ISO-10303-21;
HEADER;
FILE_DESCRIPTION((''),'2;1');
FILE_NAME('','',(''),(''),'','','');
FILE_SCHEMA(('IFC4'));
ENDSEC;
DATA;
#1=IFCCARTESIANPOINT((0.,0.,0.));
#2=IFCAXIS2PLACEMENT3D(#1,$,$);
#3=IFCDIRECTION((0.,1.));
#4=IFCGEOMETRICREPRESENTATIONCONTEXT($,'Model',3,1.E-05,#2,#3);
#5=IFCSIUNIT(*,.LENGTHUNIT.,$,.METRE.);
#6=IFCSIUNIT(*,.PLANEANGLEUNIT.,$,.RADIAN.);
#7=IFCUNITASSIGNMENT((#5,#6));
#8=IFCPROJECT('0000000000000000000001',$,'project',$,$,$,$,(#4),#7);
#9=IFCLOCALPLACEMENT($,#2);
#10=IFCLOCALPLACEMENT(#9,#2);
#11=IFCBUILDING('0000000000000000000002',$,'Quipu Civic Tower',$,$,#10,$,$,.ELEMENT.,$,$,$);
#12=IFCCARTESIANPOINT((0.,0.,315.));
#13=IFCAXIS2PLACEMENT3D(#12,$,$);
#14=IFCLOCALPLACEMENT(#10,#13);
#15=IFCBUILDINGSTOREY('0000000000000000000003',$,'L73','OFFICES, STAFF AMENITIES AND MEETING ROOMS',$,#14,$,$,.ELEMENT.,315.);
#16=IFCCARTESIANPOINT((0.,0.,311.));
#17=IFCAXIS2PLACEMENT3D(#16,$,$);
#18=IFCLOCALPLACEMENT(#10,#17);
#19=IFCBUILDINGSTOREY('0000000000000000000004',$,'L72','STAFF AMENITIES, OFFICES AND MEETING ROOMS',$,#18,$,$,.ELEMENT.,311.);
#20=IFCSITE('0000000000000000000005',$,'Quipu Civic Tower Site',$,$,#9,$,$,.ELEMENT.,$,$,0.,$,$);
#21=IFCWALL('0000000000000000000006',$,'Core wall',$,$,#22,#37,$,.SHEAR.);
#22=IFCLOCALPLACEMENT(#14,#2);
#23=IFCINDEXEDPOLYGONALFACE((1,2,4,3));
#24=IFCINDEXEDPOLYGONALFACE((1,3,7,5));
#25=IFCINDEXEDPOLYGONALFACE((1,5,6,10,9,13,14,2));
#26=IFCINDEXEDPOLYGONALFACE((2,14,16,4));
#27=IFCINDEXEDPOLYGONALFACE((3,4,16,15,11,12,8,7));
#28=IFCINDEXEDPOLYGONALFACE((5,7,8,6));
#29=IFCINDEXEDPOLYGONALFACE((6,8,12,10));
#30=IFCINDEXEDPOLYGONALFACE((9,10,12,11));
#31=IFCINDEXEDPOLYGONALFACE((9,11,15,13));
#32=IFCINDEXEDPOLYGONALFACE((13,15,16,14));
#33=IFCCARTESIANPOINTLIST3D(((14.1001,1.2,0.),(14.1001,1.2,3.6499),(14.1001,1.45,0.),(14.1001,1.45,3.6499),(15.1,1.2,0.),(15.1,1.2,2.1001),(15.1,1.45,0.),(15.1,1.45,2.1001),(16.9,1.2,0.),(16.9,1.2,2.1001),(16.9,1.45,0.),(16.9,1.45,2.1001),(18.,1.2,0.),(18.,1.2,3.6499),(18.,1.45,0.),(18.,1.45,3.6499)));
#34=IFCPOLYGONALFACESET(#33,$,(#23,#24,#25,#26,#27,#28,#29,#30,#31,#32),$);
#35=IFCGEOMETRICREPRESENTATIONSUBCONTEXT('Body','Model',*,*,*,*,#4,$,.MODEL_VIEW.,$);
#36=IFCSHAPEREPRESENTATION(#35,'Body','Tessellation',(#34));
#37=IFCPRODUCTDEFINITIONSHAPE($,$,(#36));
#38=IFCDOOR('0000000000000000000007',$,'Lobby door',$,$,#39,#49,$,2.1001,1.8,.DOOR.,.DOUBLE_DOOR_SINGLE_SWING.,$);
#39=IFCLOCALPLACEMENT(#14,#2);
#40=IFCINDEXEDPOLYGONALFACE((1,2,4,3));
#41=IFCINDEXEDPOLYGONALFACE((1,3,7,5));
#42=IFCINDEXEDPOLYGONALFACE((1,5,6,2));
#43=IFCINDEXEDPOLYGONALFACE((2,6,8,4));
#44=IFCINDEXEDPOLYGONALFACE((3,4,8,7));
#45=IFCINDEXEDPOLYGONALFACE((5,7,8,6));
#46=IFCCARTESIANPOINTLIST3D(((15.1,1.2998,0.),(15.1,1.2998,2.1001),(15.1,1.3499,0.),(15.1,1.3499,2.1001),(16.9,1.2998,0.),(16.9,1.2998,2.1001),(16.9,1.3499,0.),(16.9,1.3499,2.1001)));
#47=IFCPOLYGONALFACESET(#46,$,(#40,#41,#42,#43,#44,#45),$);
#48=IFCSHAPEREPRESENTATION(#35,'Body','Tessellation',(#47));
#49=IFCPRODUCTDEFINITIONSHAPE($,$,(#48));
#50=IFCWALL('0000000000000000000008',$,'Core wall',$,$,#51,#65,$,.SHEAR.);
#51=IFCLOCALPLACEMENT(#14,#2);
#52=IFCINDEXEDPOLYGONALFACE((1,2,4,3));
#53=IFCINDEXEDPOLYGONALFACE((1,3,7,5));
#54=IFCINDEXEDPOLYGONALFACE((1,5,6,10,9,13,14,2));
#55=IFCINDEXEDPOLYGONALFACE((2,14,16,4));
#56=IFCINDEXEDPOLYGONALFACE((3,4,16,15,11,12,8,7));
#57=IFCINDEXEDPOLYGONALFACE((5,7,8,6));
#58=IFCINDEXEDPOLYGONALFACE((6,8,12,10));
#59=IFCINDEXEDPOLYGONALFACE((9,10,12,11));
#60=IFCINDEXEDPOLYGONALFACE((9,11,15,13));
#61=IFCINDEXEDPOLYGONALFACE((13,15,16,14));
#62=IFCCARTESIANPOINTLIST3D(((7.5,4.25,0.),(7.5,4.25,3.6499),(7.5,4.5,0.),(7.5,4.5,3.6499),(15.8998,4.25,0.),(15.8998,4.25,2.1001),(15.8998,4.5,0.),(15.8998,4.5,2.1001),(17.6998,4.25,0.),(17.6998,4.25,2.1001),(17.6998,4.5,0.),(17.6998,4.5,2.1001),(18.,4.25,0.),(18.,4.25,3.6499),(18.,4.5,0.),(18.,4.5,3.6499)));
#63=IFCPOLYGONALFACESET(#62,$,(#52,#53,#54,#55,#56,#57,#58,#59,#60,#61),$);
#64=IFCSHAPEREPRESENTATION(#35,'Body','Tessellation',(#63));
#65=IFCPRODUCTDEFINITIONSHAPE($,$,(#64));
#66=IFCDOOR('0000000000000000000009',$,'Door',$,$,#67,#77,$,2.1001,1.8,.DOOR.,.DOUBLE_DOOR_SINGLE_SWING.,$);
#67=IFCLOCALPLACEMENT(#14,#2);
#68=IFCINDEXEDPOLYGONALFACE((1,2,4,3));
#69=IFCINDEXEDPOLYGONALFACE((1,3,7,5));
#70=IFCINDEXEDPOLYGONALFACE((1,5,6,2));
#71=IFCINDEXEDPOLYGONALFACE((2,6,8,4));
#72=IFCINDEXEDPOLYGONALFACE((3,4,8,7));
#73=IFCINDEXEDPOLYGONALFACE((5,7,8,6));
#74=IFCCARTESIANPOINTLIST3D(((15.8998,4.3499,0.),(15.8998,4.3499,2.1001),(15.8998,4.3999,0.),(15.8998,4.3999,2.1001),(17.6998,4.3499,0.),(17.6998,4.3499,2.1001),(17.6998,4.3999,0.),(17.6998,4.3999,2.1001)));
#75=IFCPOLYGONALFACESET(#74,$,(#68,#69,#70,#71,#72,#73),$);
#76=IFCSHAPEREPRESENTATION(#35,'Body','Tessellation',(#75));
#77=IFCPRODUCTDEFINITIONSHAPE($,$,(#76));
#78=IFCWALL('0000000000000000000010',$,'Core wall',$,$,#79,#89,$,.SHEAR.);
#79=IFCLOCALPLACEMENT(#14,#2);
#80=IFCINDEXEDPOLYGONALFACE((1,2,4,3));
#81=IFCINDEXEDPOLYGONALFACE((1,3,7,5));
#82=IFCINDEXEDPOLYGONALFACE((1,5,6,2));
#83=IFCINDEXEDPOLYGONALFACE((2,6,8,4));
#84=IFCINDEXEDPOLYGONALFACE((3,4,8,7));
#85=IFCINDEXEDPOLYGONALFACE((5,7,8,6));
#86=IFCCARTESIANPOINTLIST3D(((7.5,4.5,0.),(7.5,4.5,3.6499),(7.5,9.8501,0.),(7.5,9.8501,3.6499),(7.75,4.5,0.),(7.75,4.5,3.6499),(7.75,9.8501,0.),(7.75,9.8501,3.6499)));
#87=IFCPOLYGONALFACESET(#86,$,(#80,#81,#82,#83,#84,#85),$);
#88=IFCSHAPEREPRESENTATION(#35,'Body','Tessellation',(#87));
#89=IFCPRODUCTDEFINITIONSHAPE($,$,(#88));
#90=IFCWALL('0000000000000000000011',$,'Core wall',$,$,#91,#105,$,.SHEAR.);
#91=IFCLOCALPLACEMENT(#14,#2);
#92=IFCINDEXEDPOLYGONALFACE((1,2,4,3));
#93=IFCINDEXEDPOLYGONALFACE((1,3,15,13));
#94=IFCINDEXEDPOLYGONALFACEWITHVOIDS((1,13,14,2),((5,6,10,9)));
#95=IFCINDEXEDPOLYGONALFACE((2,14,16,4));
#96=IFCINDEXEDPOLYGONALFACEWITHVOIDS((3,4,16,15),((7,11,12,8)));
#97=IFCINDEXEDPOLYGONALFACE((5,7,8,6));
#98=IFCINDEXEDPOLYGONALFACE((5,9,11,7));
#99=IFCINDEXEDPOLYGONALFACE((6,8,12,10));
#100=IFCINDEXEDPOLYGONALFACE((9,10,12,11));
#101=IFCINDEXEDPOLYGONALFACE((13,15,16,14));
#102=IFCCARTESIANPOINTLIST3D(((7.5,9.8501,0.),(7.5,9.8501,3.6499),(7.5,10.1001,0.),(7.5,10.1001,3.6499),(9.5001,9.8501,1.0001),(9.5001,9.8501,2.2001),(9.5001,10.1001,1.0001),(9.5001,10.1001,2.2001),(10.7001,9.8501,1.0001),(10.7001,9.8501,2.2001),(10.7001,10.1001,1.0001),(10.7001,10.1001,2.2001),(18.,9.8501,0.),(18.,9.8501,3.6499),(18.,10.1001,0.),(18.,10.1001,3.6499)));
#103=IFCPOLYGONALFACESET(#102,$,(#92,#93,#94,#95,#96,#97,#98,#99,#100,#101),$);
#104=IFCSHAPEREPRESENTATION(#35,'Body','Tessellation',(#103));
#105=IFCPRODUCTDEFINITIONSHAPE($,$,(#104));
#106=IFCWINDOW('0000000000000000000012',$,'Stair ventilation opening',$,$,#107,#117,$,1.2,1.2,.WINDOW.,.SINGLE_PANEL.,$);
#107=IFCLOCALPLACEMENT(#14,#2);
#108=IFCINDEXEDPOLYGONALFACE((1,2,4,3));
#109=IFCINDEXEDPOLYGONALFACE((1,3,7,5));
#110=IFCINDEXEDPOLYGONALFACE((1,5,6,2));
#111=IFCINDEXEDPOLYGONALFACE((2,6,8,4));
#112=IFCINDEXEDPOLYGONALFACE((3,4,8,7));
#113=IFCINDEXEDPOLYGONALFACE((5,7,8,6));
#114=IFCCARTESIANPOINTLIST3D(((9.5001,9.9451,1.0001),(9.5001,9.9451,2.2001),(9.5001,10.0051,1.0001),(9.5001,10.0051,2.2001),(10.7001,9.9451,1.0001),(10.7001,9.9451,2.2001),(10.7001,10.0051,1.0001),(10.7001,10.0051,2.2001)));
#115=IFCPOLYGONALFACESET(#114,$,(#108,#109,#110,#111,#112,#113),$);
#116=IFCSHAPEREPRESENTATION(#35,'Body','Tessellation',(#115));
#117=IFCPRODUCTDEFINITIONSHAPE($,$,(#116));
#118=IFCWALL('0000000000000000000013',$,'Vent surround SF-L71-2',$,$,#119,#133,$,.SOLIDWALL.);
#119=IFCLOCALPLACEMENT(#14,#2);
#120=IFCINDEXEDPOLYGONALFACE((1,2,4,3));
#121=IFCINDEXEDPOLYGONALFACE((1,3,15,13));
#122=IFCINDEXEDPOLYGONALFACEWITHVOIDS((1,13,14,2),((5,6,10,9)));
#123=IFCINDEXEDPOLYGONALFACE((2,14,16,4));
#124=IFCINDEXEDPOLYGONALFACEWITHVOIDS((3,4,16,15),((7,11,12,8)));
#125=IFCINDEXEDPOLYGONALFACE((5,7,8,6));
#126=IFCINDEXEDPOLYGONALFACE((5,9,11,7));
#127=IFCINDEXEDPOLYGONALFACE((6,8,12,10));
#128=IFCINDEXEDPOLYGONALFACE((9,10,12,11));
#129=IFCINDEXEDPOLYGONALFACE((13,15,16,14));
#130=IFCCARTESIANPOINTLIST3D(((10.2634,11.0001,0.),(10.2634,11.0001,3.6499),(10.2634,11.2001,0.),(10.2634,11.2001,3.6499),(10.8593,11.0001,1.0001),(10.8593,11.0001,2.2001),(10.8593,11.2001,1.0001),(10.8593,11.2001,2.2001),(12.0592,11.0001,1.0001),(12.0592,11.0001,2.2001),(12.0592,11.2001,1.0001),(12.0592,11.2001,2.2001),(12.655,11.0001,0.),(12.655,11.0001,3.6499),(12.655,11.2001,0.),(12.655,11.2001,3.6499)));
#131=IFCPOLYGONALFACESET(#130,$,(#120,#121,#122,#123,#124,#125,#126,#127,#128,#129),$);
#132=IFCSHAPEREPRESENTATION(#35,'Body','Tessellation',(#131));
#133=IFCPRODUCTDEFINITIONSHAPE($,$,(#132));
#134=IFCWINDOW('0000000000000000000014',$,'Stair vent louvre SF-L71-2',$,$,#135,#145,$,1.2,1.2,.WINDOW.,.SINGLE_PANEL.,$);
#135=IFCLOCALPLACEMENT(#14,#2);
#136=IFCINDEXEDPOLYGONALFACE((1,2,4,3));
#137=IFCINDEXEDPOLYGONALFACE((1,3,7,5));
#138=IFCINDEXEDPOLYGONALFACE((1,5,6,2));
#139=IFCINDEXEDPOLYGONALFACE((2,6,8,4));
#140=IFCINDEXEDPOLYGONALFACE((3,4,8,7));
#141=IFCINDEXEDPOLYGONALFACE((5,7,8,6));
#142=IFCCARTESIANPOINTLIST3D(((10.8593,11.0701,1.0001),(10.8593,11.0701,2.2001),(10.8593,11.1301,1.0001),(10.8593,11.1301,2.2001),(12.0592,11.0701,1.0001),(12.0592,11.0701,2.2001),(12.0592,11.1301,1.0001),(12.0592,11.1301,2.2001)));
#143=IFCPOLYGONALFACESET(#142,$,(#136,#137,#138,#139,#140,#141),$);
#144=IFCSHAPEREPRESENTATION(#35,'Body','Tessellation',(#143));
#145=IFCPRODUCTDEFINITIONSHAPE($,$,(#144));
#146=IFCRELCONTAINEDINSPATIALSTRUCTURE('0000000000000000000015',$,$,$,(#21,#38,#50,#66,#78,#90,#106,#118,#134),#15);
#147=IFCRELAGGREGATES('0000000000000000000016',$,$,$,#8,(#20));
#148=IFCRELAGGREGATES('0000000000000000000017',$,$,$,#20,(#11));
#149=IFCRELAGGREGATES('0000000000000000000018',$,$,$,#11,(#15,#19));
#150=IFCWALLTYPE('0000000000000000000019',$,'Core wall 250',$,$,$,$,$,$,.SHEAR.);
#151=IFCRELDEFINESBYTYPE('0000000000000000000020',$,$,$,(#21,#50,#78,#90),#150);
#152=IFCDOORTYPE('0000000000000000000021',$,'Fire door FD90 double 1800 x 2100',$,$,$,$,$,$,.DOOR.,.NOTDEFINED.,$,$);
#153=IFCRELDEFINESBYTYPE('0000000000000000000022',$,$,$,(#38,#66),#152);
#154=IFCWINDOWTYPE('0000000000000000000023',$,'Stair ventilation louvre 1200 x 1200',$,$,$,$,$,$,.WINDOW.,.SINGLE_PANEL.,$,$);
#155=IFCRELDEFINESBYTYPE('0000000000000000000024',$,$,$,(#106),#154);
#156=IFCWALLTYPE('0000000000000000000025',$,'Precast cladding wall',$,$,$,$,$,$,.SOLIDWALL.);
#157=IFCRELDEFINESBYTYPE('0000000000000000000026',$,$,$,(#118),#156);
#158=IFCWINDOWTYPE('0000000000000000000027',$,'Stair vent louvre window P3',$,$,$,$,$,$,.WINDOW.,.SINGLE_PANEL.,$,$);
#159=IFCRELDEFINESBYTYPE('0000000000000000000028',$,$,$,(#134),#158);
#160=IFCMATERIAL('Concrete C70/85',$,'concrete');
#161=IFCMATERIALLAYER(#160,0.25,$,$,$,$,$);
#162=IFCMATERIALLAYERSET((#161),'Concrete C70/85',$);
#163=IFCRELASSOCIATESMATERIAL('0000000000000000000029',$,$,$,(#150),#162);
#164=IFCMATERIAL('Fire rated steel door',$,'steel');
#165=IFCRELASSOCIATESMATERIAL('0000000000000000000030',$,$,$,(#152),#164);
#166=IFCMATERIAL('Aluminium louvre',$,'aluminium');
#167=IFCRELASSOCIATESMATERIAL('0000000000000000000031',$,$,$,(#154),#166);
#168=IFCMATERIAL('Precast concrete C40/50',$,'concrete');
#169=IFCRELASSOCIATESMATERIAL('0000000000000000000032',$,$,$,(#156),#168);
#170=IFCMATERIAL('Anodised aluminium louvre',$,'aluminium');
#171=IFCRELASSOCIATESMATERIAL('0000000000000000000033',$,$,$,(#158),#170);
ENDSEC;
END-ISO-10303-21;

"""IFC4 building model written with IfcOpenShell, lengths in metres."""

from ifc_helpers import new_model, si_unit, direction, frame, frame_2d, origin, place, context, subcontext, project, spatial, rectangle, extrude, material, layer, layer_set, type_object, element, fill, save


model = new_model("IFC4")

# Units and contexts
model_context = context("Model", 3, precision=1e-05, world=origin(), true_north=direction((0.0, 1.0)))
body_context = subcontext(model_context, "Body", "Model", "MODEL_VIEW")
ifc_project = project(units=[si_unit("LENGTHUNIT", "METRE"), si_unit("PLANEANGLEUNIT", "RADIAN")], contexts=[model_context])

# Site, building, storey
site_placement = place(None, origin())
site = spatial("IfcSite", under=ifc_project, at=site_placement, Name="Quipu Civic Tower Site", CompositionType="ELEMENT", RefElevation=0.0)
building_placement = place(site_placement, origin())
building = spatial("IfcBuilding", under=site, at=building_placement, Name="Quipu Civic Tower", CompositionType="ELEMENT")
storey_1_placement = place(building_placement, frame((0.0, 0.0, 315.0)))
storey_1 = spatial("IfcBuildingStorey", under=building, at=storey_1_placement, Name="L73", Description="OFFICES, STAFF AMENITIES AND MEETING ROOMS", CompositionType="ELEMENT", Elevation=315.0)

# Shared definitions
storey_2_placement = place(building_placement, frame((0.0, 0.0, 311.0)))
storey_2 = spatial("IfcBuildingStorey", under=building, at=storey_2_placement, Name="L72", Description="STAFF AMENITIES, OFFICES AND MEETING ROOMS", CompositionType="ELEMENT", Elevation=311.0)

# Walls, openings, doors
ifc_material_1 = material(Name="Concrete C70/85", Category="concrete")
ifc_layer_1 = layer(ifc_material_1, 0.25)
ifc_layer_set_1 = layer_set([ifc_layer_1], Name="Concrete C70/85")
wall_type_1 = type_object("IfcWallType", Name="Core wall 250", PredefinedType="SHEAR", material=ifc_layer_set_1)
wall_1_placement = place(storey_1_placement, frame((14.1001, 1.325, 0.0), z_axis=(0.0, 0.0, 1.0), x_axis=(1.0, 0.0, 0.0)))
wall_1 = element("IfcWall", 1, at=wall_1_placement, inside=storey_1, type_object=wall_type_1, Name="Core wall", PredefinedType="SHEAR", context=body_context, shape_type="SweptSolid", body=[
    extrude(rectangle(XDim=3.8999, YDim=0.25, at=frame_2d((1.95, 0.0))), origin(), (0.0, 0.0, 1.0), 3.6499),
])
opening_1_placement = place(wall_1_placement, frame((1.0, 0.0, 0.0)))
opening_1 = element("IfcOpeningElement", 2, at=opening_1_placement, cuts=wall_1, PredefinedType="OPENING", context=body_context, shape_type="SweptSolid", body=[
    extrude(rectangle(XDim=1.8, YDim=2.1001, at=frame_2d((0.8999, 1.05))), frame((0.0, 0.135, 0.0), z_axis=(0.0, -1.0, 0.0), x_axis=(1.0, 0.0, 0.0)), (0.0, 0.0, 1.0), 0.27),
])
ifc_material_2 = material(Name="Fire rated steel door", Category="steel")
door_type = type_object("IfcDoorType", Name="Fire door FD90 double 1800 x 2100", OperationType="NOTDEFINED", PredefinedType="DOOR", material=ifc_material_2)
door_1_placement = place(opening_1_placement, origin())
door_1 = element("IfcDoor", 3, at=door_1_placement, inside=storey_1, type_object=door_type, Name="Lobby door", OperationType="DOUBLE_DOOR_SINGLE_SWING", OverallHeight=2.1001, OverallWidth=1.8, PredefinedType="DOOR", context=body_context, shape_type="SweptSolid", body=[
    extrude(rectangle(XDim=1.8, YDim=2.1001, at=frame_2d((0.8999, 1.05))), frame((0.0, 0.0249, 0.0), z_axis=(0.0, -1.0, 0.0), x_axis=(1.0, 0.0, 0.0)), (0.0, 0.0, 1.0), 0.05),
])
fill(opening_1, door_1)
wall_2_placement = place(storey_1_placement, frame((7.5, 4.375, 0.0), z_axis=(0.0, 0.0, 1.0), x_axis=(1.0, 0.0, 0.0)))
wall_2 = element("IfcWall", 4, at=wall_2_placement, inside=storey_1, type_object=wall_type_1, Name="Core wall", PredefinedType="SHEAR", context=body_context, shape_type="SweptSolid", body=[
    extrude(rectangle(XDim=10.5, YDim=0.25, at=frame_2d((5.25, 0.0))), origin(), (0.0, 0.0, 1.0), 3.6499),
])
opening_2_placement = place(wall_2_placement, frame((8.3999, 0.0, 0.0)))
opening_2 = element("IfcOpeningElement", 5, at=opening_2_placement, cuts=wall_2, PredefinedType="OPENING", context=body_context, shape_type="SweptSolid", body=[
    extrude(rectangle(XDim=1.8, YDim=2.1001, at=frame_2d((0.8999, 1.05))), frame((0.0, 0.135, 0.0), z_axis=(0.0, -1.0, 0.0), x_axis=(1.0, 0.0, 0.0)), (0.0, 0.0, 1.0), 0.27),
])
door_2_placement = place(opening_2_placement, origin())
door_2 = element("IfcDoor", 6, at=door_2_placement, inside=storey_1, type_object=door_type, Name="Door", OperationType="DOUBLE_DOOR_SINGLE_SWING", OverallHeight=2.1001, OverallWidth=1.8, PredefinedType="DOOR", context=body_context, shape_type="SweptSolid", body=[
    extrude(rectangle(XDim=1.8, YDim=2.1001, at=frame_2d((0.8999, 1.05))), frame((0.0, 0.0249, 0.0), z_axis=(0.0, -1.0, 0.0), x_axis=(1.0, 0.0, 0.0)), (0.0, 0.0, 1.0), 0.05),
])
fill(opening_2, door_2)

# Wall
wall_3_placement = place(storey_1_placement, frame((7.625, 4.5, 0.0), z_axis=(0.0, 0.0, 1.0), x_axis=(0.0, 1.0, 0.0)))
element("IfcWall", 7, at=wall_3_placement, inside=storey_1, type_object=wall_type_1, Name="Core wall", PredefinedType="SHEAR", context=body_context, shape_type="SweptSolid", body=[
    extrude(rectangle(XDim=5.3501, YDim=0.25, at=frame_2d((2.675, 0.0))), origin(), (0.0, 0.0, 1.0), 3.6499),
])

# Walls, openings, windows
wall_4_placement = place(storey_1_placement, frame((7.5, 9.9751, 0.0), z_axis=(0.0, 0.0, 1.0), x_axis=(1.0, 0.0, 0.0)))
wall_4 = element("IfcWall", 8, at=wall_4_placement, inside=storey_1, type_object=wall_type_1, Name="Core wall", PredefinedType="SHEAR", context=body_context, shape_type="SweptSolid", body=[
    extrude(rectangle(XDim=10.5, YDim=0.25, at=frame_2d((5.25, 0.0))), origin(), (0.0, 0.0, 1.0), 3.6499),
])
opening_3_placement = place(wall_4_placement, frame((2.0, 0.0, 1.0)))
opening_3 = element("IfcOpeningElement", 9, at=opening_3_placement, cuts=wall_4, PredefinedType="OPENING", context=body_context, shape_type="SweptSolid", body=[
    extrude(rectangle(XDim=1.2, YDim=1.2, at=frame_2d((0.6001, 0.6001))), frame((0.0, 0.135, 0.0), z_axis=(0.0, -1.0, 0.0), x_axis=(1.0, 0.0, 0.0)), (0.0, 0.0, 1.0), 0.27),
])
ifc_material_3 = material(Name="Aluminium louvre", Category="aluminium")
window_type_1 = type_object("IfcWindowType", Name="Stair ventilation louvre 1200 x 1200", PartitioningType="SINGLE_PANEL", PredefinedType="WINDOW", material=ifc_material_3)
window_1_placement = place(opening_3_placement, origin())
window_1 = element("IfcWindow", 10, at=window_1_placement, inside=storey_1, type_object=window_type_1, Name="Stair ventilation opening", OverallHeight=1.2, OverallWidth=1.2, PartitioningType="SINGLE_PANEL", PredefinedType="WINDOW", context=body_context, shape_type="SweptSolid", body=[
    extrude(rectangle(XDim=1.2, YDim=1.2, at=frame_2d((0.6001, 0.6001))), frame((0.0, 0.03, 0.0), z_axis=(0.0, -1.0, 0.0), x_axis=(1.0, 0.0, 0.0)), (0.0, 0.0, 1.0), 0.0601),
])
fill(opening_3, window_1)
ifc_material_4 = material(Name="Precast concrete C40/50", Category="concrete")
wall_type_2 = type_object("IfcWallType", Name="Precast cladding wall", PredefinedType="SOLIDWALL", material=ifc_material_4)
wall_5_placement = place(storey_1_placement, frame((12.655, 11.1001, 0.0), z_axis=(0.0, 0.0, 1.0), x_axis=(-1.0, 0.0, 0.0)))
wall_5 = element("IfcWall", 11, at=wall_5_placement, inside=storey_1, type_object=wall_type_2, Name="Vent surround SF-L71-2", PredefinedType="SOLIDWALL", context=body_context, shape_type="SweptSolid", body=[
    extrude(rectangle(XDim=2.3916, YDim=0.2, at=frame_2d((1.1958, 0.0))), origin(), (0.0, 0.0, 1.0), 3.6499),
])
opening_4_placement = place(wall_5_placement, frame((0.5957, 0.0, 1.0)))
opening_4 = element("IfcOpeningElement", 12, at=opening_4_placement, cuts=wall_5, PredefinedType="OPENING", context=body_context, shape_type="SweptSolid", body=[
    extrude(rectangle(XDim=1.2, YDim=1.2, at=frame_2d((0.6001, 0.6001))), frame((0.0, 0.1099, 0.0), z_axis=(0.0, -1.0, 0.0), x_axis=(1.0, 0.0, 0.0)), (0.0, 0.0, 1.0), 0.22),
])
ifc_material_5 = material(Name="Anodised aluminium louvre", Category="aluminium")
window_type_2 = type_object("IfcWindowType", Name="Stair vent louvre window P3", PartitioningType="SINGLE_PANEL", PredefinedType="WINDOW", material=ifc_material_5)
window_2_placement = place(opening_4_placement, origin())
window_2 = element("IfcWindow", 13, at=window_2_placement, inside=storey_1, type_object=window_type_2, Name="Stair vent louvre SF-L71-2", OverallHeight=1.2, OverallWidth=1.2, PartitioningType="SINGLE_PANEL", PredefinedType="WINDOW", context=body_context, shape_type="SweptSolid", body=[
    extrude(rectangle(XDim=1.2, YDim=1.2, at=frame_2d((0.6001, 0.6001))), frame((0.0, 0.03, 0.0), z_axis=(0.0, -1.0, 0.0), x_axis=(1.0, 0.0, 0.0)), (0.0, 0.0, 1.0), 0.0601),
])
fill(opening_4, window_2)

save(model, "model.ifc")
